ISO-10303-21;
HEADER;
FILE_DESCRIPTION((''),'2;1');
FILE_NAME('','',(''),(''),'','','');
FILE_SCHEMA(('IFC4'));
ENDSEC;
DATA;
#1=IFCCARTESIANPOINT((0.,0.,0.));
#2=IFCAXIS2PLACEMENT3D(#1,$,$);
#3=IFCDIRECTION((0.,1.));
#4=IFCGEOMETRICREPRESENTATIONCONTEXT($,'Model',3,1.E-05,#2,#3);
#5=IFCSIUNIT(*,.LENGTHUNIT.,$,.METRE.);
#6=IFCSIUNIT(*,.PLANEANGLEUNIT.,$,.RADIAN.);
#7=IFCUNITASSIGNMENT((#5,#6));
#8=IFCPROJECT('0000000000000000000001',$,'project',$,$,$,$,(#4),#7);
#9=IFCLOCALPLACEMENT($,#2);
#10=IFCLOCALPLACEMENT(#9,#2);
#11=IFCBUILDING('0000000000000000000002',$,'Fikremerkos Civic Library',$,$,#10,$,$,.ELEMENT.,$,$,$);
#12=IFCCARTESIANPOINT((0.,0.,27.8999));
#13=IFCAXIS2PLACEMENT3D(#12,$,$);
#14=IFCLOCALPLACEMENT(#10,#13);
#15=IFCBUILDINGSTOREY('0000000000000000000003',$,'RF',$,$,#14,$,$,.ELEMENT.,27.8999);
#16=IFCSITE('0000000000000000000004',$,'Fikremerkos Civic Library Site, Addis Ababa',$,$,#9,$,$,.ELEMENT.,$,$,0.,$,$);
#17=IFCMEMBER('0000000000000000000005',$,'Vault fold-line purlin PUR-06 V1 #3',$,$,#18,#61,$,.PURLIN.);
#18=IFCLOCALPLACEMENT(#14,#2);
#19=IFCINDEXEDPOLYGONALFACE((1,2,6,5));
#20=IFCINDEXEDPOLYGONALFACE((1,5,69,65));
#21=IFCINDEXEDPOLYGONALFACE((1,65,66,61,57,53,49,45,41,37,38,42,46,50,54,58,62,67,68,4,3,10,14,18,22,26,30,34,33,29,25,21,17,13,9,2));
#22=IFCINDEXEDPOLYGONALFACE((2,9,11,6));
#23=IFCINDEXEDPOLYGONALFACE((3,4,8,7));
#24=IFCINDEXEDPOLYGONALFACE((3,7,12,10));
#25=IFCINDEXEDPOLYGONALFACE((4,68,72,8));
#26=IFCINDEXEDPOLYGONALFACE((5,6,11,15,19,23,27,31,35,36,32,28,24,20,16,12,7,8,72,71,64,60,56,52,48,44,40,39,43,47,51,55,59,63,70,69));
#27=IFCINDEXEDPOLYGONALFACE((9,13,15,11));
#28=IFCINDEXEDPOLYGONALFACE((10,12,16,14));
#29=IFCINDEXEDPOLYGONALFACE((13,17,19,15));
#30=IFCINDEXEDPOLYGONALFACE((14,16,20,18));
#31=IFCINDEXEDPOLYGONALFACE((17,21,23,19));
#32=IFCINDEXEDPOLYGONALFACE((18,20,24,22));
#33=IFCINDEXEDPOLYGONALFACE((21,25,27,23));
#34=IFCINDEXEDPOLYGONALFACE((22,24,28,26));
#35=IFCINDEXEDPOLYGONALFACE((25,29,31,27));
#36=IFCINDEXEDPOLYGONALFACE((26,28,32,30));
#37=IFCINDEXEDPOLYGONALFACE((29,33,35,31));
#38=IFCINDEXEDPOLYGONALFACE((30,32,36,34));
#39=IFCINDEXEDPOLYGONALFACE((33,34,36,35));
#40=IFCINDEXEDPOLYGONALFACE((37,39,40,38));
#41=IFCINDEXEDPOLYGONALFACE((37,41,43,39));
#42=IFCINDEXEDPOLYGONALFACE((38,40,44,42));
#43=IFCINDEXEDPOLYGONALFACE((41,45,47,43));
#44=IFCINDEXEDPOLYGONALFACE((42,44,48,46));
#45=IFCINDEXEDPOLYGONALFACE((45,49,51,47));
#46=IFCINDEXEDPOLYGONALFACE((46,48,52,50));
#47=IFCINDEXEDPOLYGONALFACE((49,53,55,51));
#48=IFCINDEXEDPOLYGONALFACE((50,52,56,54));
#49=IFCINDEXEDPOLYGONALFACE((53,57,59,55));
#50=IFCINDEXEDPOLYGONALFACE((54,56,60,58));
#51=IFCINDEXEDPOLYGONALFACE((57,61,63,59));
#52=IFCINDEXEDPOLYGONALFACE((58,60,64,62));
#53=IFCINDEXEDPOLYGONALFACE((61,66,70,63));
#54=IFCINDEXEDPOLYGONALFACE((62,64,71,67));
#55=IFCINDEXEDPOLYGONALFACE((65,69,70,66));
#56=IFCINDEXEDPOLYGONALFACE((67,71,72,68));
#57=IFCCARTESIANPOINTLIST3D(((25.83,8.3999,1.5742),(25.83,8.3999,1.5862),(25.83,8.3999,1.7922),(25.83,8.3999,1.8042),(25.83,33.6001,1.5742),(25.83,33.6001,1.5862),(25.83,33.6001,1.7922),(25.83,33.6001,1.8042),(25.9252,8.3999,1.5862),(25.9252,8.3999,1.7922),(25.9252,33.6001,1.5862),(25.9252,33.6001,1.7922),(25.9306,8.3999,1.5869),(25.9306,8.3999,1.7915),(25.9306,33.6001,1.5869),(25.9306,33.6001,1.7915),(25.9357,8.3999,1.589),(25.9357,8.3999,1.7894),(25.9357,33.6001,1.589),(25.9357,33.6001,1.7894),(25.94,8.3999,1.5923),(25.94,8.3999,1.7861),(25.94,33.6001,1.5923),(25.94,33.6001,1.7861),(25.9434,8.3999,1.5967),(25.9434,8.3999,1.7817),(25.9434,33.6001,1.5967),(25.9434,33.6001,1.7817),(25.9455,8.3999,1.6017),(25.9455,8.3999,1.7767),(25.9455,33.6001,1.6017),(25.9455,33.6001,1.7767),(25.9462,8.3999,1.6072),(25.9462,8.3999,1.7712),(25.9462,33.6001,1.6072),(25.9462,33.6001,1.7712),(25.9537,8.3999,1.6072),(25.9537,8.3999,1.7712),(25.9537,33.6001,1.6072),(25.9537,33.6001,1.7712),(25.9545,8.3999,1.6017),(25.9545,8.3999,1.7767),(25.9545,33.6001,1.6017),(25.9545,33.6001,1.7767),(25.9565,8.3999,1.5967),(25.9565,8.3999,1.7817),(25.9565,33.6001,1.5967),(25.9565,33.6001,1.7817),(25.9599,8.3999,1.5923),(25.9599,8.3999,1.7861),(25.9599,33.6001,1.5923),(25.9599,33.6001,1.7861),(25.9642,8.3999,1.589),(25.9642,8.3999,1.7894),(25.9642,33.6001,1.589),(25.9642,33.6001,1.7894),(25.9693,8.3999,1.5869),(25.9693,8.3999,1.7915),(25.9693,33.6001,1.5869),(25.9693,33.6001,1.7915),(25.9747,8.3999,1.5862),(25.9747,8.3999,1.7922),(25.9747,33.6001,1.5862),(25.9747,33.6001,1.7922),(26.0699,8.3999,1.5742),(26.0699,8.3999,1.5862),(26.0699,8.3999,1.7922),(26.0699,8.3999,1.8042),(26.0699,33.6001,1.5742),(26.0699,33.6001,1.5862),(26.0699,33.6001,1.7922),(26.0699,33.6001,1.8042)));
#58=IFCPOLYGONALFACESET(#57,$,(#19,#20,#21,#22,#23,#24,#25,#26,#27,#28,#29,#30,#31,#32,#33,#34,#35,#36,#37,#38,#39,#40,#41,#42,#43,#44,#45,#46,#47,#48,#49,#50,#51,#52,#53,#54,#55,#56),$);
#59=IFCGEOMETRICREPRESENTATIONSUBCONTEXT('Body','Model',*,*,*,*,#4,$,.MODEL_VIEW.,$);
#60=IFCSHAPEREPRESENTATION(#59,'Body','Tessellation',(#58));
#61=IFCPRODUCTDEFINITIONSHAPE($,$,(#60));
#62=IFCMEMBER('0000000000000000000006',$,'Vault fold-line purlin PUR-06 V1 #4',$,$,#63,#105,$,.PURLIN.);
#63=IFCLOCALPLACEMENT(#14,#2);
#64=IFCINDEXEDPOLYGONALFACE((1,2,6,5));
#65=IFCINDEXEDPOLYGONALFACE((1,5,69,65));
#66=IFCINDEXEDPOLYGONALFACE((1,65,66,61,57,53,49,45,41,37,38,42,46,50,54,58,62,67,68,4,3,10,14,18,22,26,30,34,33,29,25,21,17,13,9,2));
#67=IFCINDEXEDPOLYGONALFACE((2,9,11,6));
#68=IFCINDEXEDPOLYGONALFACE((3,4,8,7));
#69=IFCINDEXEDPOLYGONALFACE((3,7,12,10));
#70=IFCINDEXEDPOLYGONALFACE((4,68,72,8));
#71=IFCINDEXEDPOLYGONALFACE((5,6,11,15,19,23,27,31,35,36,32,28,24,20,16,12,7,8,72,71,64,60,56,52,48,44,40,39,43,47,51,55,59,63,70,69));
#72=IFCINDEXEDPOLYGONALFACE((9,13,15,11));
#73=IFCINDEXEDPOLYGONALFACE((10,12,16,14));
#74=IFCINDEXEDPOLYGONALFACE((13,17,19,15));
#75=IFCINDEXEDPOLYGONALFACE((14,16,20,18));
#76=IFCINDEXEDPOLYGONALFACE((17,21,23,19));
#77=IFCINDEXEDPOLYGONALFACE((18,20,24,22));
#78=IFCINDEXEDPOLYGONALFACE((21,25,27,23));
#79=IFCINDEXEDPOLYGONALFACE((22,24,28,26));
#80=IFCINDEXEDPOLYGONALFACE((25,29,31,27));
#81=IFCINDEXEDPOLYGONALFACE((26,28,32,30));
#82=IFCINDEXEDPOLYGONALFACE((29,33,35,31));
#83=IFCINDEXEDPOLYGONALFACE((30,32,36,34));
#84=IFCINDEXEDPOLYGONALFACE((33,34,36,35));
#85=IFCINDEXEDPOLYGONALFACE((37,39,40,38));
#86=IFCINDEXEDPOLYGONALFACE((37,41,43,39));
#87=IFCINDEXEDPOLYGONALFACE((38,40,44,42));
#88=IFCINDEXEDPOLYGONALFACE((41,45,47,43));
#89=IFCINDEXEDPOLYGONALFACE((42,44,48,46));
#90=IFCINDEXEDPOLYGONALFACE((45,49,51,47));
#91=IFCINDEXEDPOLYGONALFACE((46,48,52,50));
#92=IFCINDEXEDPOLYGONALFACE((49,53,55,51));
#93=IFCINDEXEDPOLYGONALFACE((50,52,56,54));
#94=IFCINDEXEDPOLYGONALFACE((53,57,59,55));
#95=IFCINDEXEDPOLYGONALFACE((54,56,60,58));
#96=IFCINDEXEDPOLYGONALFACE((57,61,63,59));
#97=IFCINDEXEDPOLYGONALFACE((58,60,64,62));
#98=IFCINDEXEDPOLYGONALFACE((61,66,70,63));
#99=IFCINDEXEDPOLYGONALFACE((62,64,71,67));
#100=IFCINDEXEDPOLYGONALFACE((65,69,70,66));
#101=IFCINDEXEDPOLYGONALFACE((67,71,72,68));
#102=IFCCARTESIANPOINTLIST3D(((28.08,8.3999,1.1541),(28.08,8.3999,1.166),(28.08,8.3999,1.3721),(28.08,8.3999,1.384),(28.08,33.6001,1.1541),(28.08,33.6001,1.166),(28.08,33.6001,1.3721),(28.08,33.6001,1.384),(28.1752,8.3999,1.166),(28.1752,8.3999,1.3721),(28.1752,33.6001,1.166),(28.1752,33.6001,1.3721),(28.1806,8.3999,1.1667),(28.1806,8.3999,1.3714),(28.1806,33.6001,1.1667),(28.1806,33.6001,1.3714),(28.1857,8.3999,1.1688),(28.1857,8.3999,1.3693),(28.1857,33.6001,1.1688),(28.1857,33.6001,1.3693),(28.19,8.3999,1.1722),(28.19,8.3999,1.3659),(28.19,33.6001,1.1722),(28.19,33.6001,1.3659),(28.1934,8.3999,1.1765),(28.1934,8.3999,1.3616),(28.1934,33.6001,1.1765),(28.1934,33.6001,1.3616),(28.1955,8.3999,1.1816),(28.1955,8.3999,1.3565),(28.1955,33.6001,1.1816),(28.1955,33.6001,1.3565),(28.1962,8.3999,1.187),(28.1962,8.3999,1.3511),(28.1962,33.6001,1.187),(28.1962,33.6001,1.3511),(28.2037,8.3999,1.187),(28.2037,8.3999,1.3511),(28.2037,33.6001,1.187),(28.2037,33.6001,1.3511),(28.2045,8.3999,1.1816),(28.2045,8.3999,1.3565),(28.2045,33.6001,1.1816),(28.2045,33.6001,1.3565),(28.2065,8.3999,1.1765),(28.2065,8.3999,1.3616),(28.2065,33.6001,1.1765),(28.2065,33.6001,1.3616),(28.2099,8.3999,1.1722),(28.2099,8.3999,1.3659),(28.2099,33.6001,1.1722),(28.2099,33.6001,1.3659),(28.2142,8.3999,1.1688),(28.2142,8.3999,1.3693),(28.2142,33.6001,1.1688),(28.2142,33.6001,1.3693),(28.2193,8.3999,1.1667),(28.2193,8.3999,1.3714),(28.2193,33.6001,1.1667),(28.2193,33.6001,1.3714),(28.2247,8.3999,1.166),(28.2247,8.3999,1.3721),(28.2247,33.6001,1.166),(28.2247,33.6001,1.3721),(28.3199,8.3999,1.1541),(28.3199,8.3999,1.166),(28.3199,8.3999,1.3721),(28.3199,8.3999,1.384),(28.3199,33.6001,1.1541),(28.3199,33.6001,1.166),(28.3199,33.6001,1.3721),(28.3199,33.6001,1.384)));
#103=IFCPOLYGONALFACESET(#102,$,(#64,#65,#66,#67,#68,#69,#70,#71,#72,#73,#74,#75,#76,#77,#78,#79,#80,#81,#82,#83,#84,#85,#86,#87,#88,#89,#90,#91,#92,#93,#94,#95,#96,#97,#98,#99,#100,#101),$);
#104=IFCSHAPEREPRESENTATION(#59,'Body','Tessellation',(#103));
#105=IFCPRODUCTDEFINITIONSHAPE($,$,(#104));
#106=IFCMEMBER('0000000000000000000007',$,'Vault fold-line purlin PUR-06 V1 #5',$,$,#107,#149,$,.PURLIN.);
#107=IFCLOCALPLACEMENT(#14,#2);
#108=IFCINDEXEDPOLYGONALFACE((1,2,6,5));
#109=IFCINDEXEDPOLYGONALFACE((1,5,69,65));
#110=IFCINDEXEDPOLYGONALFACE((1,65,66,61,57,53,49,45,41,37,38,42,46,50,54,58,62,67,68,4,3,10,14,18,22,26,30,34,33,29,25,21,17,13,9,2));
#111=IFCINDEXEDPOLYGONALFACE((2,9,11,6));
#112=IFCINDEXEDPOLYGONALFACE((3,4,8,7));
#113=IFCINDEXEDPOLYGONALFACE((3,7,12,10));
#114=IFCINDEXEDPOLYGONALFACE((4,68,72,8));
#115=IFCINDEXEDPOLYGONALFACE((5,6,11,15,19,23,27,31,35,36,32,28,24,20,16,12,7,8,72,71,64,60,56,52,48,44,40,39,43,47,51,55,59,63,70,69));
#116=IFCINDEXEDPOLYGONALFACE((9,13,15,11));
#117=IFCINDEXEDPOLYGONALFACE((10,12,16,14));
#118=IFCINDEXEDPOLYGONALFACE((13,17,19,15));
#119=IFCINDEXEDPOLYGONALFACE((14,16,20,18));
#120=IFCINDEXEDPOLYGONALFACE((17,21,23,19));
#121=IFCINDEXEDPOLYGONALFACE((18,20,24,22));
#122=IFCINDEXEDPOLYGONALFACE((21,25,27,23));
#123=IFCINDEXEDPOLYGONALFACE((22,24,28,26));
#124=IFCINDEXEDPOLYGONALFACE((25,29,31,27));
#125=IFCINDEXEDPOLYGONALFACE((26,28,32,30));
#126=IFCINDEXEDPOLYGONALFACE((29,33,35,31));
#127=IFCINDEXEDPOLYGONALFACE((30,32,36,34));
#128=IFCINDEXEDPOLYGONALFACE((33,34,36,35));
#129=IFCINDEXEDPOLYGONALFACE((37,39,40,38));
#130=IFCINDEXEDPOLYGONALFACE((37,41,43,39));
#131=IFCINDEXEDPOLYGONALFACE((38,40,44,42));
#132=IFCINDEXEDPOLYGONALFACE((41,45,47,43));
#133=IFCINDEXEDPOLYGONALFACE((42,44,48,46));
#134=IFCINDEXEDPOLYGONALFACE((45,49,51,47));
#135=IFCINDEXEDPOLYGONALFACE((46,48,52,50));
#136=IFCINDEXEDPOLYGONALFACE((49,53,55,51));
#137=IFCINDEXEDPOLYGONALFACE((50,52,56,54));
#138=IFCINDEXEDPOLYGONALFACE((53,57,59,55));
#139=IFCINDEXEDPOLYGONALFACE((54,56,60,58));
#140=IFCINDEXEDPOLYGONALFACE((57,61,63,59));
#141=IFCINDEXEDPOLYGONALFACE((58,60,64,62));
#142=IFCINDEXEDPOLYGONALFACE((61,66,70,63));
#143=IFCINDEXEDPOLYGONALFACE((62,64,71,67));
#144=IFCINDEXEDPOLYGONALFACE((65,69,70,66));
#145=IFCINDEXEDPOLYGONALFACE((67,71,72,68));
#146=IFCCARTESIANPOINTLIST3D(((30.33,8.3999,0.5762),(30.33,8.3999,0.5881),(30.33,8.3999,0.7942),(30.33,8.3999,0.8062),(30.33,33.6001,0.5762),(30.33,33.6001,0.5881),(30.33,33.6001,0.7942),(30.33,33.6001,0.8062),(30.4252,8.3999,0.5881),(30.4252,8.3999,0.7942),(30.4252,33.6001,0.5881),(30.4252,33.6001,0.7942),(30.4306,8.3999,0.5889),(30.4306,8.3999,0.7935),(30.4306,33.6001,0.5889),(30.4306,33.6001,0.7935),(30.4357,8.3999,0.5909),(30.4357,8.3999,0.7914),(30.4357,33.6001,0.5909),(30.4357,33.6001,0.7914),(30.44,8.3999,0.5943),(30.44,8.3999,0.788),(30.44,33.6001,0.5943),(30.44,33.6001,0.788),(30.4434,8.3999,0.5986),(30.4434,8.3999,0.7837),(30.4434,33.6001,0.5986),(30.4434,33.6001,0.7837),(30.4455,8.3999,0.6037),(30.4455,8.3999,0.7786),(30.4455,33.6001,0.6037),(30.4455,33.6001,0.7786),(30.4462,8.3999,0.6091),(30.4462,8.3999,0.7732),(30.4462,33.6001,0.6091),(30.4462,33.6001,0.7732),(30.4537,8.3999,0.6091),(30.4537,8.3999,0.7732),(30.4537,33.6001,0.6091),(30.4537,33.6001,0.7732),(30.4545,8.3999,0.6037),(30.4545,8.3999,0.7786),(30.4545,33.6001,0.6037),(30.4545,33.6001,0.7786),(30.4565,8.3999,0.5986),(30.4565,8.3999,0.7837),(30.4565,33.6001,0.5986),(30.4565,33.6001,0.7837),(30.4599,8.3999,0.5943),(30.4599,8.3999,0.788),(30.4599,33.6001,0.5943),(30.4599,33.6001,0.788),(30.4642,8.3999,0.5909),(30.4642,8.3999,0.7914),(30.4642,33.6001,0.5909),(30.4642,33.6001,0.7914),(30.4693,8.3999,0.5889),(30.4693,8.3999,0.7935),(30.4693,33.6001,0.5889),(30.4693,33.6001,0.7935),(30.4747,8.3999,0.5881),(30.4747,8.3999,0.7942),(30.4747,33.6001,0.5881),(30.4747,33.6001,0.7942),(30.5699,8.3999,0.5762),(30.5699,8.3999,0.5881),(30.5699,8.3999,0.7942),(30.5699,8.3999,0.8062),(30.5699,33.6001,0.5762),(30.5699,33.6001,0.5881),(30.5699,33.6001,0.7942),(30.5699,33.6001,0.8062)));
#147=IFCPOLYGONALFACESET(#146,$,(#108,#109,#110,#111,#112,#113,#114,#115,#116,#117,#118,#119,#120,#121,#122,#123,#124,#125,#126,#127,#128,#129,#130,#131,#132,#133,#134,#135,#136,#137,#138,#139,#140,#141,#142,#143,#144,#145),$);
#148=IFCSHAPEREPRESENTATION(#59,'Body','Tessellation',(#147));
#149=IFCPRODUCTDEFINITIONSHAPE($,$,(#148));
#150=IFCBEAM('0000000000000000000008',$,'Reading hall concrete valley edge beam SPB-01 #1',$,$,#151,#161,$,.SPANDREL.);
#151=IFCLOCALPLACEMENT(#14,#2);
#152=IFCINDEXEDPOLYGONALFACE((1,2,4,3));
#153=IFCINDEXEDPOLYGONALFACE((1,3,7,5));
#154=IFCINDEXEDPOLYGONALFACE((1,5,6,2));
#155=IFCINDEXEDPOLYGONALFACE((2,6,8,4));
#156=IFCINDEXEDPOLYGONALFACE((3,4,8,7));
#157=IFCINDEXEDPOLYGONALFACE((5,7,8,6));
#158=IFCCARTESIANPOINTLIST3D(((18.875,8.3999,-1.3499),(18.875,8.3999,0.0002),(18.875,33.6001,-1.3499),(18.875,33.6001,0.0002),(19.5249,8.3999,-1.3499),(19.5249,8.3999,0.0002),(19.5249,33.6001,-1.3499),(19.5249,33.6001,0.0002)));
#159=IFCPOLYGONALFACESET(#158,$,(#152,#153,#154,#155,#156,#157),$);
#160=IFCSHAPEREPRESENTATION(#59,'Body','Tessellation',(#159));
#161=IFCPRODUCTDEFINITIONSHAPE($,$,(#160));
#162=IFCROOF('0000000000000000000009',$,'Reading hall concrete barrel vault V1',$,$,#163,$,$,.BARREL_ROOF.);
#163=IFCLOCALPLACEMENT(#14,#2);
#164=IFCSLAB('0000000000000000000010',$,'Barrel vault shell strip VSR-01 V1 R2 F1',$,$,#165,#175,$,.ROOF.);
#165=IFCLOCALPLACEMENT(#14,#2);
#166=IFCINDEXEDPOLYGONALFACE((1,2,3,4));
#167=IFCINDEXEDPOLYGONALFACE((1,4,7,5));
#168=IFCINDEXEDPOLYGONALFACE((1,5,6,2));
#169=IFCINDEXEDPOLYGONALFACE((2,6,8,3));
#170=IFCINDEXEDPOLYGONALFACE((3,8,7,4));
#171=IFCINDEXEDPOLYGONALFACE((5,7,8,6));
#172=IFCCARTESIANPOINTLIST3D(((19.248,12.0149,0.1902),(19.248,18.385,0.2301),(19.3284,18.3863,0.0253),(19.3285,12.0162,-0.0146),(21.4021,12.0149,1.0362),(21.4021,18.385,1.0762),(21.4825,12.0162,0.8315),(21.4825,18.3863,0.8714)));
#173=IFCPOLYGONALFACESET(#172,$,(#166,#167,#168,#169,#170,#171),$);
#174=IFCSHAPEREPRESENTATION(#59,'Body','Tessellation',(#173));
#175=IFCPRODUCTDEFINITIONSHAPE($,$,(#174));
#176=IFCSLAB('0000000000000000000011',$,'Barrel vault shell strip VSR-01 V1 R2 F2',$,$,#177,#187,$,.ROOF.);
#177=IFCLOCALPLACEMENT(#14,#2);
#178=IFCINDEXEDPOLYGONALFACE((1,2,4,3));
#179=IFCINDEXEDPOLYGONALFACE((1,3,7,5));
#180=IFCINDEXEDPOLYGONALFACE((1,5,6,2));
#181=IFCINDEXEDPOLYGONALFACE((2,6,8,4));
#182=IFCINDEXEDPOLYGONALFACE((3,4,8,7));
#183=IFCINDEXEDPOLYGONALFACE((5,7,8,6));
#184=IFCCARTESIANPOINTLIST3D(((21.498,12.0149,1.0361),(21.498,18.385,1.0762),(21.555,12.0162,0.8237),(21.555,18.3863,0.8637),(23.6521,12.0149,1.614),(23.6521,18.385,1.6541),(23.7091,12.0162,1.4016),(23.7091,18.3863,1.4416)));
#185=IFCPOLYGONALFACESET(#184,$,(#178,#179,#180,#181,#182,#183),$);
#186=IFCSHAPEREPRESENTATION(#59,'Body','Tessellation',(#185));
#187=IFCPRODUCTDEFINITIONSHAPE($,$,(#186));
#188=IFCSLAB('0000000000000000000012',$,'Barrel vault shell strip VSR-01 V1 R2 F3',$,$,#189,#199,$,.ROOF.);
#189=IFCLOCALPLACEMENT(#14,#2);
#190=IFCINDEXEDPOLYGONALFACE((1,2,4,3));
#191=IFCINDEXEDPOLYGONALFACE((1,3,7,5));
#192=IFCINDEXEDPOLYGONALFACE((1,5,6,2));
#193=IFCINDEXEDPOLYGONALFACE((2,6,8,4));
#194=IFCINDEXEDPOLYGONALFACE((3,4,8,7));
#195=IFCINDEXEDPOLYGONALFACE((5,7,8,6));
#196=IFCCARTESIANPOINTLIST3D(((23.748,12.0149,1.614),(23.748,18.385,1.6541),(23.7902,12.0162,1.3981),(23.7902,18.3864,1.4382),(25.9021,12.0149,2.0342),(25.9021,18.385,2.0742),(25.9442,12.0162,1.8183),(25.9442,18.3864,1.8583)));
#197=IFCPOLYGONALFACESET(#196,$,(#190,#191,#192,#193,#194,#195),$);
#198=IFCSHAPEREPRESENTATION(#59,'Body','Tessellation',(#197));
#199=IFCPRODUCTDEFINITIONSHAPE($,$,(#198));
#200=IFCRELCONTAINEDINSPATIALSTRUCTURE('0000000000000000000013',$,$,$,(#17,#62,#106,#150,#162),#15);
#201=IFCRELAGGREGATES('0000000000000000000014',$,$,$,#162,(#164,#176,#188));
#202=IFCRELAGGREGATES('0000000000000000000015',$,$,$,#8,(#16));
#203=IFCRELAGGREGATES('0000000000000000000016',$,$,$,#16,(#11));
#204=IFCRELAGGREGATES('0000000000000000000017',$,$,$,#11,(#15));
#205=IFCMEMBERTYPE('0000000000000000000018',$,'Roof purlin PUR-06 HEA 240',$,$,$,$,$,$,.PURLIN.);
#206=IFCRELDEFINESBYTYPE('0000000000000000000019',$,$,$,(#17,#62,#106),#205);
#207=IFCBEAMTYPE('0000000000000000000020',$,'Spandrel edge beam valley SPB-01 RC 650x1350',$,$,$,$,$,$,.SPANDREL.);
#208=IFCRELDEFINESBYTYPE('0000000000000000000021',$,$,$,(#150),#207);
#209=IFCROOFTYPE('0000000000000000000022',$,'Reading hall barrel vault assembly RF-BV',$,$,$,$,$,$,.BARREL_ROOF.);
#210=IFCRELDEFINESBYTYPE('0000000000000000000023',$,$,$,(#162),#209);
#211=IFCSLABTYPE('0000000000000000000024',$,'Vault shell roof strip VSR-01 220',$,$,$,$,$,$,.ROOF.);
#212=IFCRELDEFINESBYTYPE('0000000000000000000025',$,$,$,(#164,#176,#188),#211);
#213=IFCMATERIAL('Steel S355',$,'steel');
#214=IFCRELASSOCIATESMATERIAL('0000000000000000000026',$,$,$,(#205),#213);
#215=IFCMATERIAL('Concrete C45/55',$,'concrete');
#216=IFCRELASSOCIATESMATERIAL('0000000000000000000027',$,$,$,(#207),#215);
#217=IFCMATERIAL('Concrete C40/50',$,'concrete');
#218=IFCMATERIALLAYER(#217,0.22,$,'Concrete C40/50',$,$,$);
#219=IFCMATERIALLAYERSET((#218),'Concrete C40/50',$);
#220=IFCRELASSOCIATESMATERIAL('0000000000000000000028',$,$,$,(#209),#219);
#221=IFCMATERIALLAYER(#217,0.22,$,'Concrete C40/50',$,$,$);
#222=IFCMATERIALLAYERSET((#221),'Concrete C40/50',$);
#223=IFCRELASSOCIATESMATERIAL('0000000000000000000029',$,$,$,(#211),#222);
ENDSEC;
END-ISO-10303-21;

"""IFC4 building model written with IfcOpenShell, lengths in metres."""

from ifc_helpers import new_model, si_unit, direction, frame, origin, origin_2d, place, context, subcontext, project, spatial, polyline, rectangle, i_section, outline, extrude, material, layer, layer_set, material_profile, profile_set, type_object, element, aggregate, save


model = new_model("IFC4")

# Units and contexts
model_context = context("Model", 3, precision=1e-05, world=origin(), true_north=direction((0.0, 1.0)))
body_context = subcontext(model_context, "Body", "Model", "MODEL_VIEW")
ifc_project = project(units=[si_unit("LENGTHUNIT", "METRE"), si_unit("PLANEANGLEUNIT", "RADIAN")], contexts=[model_context])

# Site, building, storey
site_placement = place(None, origin())
site = spatial("IfcSite", under=ifc_project, at=site_placement, Name="Fikremerkos Civic Library Site, Addis Ababa", CompositionType="ELEMENT", RefElevation=0.0)
building_placement = place(site_placement, origin())
building = spatial("IfcBuilding", under=site, at=building_placement, Name="Fikremerkos Civic Library", CompositionType="ELEMENT")
storey_placement = place(building_placement, frame((0.0, 0.0, 27.8999)))
storey = spatial("IfcBuildingStorey", under=building, at=storey_placement, Name="RF", CompositionType="ELEMENT", Elevation=27.8999)

# Shared definitions
ifc_material_1 = material(Name="Steel S355", Category="steel")

# Shared definitions
ifc_material_2 = material(Name="Concrete C45/55", Category="concrete")

# Members
ifc_material_profile_1 = material_profile(ifc_material_1, i_section(OverallWidth=0.24, OverallDepth=0.23, WebThickness=0.0076, FlangeThickness=0.012, FilletRadius=0.021, at=origin_2d()), Name="HEA 240")
ifc_profile_set_1 = profile_set([ifc_material_profile_1], Name="Steel S355")
member_type_1 = type_object("IfcMemberType", Name="Roof purlin PUR-06 HEA 240", PredefinedType="PURLIN", material=ifc_profile_set_1)
for number, where, z_axis, x_axis, name in (
    (1, (25.95, 8.3999, 1.6892), (0.0, 1.0, 0.0), (-1.0, 0.0, 0.0), "Vault fold-line purlin PUR-06 V1 #3"),
    (2, (28.2, 8.3999, 1.269), (0.0, 1.0, 0.0), (-1.0, 0.0, 0.0), "Vault fold-line purlin PUR-06 V1 #4"),
    (3, (30.45, 8.3999, 0.6912), (0.0, 1.0, 0.0), (-1.0, 0.0, 0.0), "Vault fold-line purlin PUR-06 V1 #5"),
):
    element("IfcMember", number, at=place(storey_placement, frame(where, z_axis=z_axis, x_axis=x_axis)), inside=storey, type_object=member_type_1, Name=name, PredefinedType="PURLIN", context=body_context, shape_type="SweptSolid", body=[
        extrude(i_section(OverallWidth=0.24, OverallDepth=0.23, WebThickness=0.0076, FlangeThickness=0.012, FilletRadius=0.021, at=origin_2d()), origin(), (0.0, 0.0, 1.0), 25.2002),
    ])

# Beam
ifc_material_profile_2 = material_profile(ifc_material_2, rectangle(XDim=0.6499, YDim=1.3501, at=origin_2d()), Name="RC 650x1350")
ifc_profile_set_2 = profile_set([ifc_material_profile_2], Name="Concrete C45/55")
beam_type_1 = type_object("IfcBeamType", Name="Spandrel edge beam valley SPB-01 RC 650x1350", PredefinedType="SPANDREL", material=ifc_profile_set_2)
beam_1_placement = place(storey_placement, frame((19.2, 8.3999, -0.6748), z_axis=(0.0, 1.0, 0.0), x_axis=(-1.0, 0.0, 0.0)))
element("IfcBeam", 4, at=beam_1_placement, inside=storey, type_object=beam_type_1, Name="Reading hall concrete valley edge beam SPB-01 #1", PredefinedType="SPANDREL", context=body_context, shape_type="SweptSolid", body=[
    extrude(rectangle(XDim=0.6499, YDim=1.3501, at=origin_2d()), origin(), (0.0, 0.0, 1.0), 25.2002),
])

# Roof, slabs
ifc_material_3 = material(Name="Concrete C40/50", Category="concrete")
ifc_layer_1 = layer(ifc_material_3, 0.22, Name="Concrete C40/50")
ifc_layer_set_1 = layer_set([ifc_layer_1], Name="Concrete C40/50")
roof_type = type_object("IfcRoofType", Name="Reading hall barrel vault assembly RF-BV", PredefinedType="BARREL_ROOF", material=ifc_layer_set_1)
roof_placement = place(storey_placement, origin())
roof = element("IfcRoof", 5, at=roof_placement, inside=storey, type_object=roof_type, Name="Reading hall concrete barrel vault V1", PredefinedType="BARREL_ROOF")
ifc_layer_2 = layer(ifc_material_3, 0.22, Name="Concrete C40/50")
ifc_layer_set_2 = layer_set([ifc_layer_2], Name="Concrete C40/50")
slab_type_1 = type_object("IfcSlabType", Name="Vault shell roof strip VSR-01 220", PredefinedType="ROOF", material=ifc_layer_set_2)
slab_1_placement = place(storey_placement, frame((19.248, 12.0149, 0.1902), z_axis=(-0.365584, -0.005832, 0.93076), x_axis=(0.930776, 0.0, 0.36559)))
slab_1 = element("IfcSlab", 6, at=slab_1_placement, type_object=slab_type_1, Name="Barrel vault shell strip VSR-01 V1 R2 F1", PredefinedType="ROOF", context=body_context, shape_type="SweptSolid", body=[
    extrude(outline(polyline([(0.0, 0.0), (2.3142, 0.0), (2.3288, 6.3702), (0.0145, 6.3702), (0.0, 0.0)])), origin(), (0.0, 0.0, -1.0), 0.22),
])
slab_2_placement = place(storey_placement, frame((21.498, 12.0149, 1.0361), z_axis=(-0.259109, -0.006071, 0.965829), x_axis=(0.965847, 0.0, 0.259114)))
slab_2 = element("IfcSlab", 7, at=slab_2_placement, type_object=slab_type_1, Name="Barrel vault shell strip VSR-01 V1 R2 F2", PredefinedType="ROOF", context=body_context, shape_type="SweptSolid", body=[
    extrude(outline(polyline([(0.0, 0.0), (2.2302, 0.0), (2.2406, 6.3702), (0.0104, 6.3702), (0.0, 0.0)])), origin(), (0.0, 0.0, -1.0), 0.22),
])
slab_3_placement = place(storey_placement, frame((23.748, 12.0149, 1.614), z_axis=(-0.191447, -0.006169, 0.981484), x_axis=(0.981502, 0.0, 0.19145)))
slab_3 = element("IfcSlab", 8, at=slab_3_placement, type_object=slab_type_1, Name="Barrel vault shell strip VSR-01 V1 R2 F3", PredefinedType="ROOF", context=body_context, shape_type="SweptSolid", body=[
    extrude(outline(polyline([(0.0, 0.0), (2.1946, 0.0), (2.2023, 6.3702), (0.0077, 6.3702), (0.0, 0.0)])), origin(), (0.0, 0.0, -1.0), 0.22),
])
aggregate(roof, [slab_1, slab_2, slab_3])

save(model, "model.ifc")
